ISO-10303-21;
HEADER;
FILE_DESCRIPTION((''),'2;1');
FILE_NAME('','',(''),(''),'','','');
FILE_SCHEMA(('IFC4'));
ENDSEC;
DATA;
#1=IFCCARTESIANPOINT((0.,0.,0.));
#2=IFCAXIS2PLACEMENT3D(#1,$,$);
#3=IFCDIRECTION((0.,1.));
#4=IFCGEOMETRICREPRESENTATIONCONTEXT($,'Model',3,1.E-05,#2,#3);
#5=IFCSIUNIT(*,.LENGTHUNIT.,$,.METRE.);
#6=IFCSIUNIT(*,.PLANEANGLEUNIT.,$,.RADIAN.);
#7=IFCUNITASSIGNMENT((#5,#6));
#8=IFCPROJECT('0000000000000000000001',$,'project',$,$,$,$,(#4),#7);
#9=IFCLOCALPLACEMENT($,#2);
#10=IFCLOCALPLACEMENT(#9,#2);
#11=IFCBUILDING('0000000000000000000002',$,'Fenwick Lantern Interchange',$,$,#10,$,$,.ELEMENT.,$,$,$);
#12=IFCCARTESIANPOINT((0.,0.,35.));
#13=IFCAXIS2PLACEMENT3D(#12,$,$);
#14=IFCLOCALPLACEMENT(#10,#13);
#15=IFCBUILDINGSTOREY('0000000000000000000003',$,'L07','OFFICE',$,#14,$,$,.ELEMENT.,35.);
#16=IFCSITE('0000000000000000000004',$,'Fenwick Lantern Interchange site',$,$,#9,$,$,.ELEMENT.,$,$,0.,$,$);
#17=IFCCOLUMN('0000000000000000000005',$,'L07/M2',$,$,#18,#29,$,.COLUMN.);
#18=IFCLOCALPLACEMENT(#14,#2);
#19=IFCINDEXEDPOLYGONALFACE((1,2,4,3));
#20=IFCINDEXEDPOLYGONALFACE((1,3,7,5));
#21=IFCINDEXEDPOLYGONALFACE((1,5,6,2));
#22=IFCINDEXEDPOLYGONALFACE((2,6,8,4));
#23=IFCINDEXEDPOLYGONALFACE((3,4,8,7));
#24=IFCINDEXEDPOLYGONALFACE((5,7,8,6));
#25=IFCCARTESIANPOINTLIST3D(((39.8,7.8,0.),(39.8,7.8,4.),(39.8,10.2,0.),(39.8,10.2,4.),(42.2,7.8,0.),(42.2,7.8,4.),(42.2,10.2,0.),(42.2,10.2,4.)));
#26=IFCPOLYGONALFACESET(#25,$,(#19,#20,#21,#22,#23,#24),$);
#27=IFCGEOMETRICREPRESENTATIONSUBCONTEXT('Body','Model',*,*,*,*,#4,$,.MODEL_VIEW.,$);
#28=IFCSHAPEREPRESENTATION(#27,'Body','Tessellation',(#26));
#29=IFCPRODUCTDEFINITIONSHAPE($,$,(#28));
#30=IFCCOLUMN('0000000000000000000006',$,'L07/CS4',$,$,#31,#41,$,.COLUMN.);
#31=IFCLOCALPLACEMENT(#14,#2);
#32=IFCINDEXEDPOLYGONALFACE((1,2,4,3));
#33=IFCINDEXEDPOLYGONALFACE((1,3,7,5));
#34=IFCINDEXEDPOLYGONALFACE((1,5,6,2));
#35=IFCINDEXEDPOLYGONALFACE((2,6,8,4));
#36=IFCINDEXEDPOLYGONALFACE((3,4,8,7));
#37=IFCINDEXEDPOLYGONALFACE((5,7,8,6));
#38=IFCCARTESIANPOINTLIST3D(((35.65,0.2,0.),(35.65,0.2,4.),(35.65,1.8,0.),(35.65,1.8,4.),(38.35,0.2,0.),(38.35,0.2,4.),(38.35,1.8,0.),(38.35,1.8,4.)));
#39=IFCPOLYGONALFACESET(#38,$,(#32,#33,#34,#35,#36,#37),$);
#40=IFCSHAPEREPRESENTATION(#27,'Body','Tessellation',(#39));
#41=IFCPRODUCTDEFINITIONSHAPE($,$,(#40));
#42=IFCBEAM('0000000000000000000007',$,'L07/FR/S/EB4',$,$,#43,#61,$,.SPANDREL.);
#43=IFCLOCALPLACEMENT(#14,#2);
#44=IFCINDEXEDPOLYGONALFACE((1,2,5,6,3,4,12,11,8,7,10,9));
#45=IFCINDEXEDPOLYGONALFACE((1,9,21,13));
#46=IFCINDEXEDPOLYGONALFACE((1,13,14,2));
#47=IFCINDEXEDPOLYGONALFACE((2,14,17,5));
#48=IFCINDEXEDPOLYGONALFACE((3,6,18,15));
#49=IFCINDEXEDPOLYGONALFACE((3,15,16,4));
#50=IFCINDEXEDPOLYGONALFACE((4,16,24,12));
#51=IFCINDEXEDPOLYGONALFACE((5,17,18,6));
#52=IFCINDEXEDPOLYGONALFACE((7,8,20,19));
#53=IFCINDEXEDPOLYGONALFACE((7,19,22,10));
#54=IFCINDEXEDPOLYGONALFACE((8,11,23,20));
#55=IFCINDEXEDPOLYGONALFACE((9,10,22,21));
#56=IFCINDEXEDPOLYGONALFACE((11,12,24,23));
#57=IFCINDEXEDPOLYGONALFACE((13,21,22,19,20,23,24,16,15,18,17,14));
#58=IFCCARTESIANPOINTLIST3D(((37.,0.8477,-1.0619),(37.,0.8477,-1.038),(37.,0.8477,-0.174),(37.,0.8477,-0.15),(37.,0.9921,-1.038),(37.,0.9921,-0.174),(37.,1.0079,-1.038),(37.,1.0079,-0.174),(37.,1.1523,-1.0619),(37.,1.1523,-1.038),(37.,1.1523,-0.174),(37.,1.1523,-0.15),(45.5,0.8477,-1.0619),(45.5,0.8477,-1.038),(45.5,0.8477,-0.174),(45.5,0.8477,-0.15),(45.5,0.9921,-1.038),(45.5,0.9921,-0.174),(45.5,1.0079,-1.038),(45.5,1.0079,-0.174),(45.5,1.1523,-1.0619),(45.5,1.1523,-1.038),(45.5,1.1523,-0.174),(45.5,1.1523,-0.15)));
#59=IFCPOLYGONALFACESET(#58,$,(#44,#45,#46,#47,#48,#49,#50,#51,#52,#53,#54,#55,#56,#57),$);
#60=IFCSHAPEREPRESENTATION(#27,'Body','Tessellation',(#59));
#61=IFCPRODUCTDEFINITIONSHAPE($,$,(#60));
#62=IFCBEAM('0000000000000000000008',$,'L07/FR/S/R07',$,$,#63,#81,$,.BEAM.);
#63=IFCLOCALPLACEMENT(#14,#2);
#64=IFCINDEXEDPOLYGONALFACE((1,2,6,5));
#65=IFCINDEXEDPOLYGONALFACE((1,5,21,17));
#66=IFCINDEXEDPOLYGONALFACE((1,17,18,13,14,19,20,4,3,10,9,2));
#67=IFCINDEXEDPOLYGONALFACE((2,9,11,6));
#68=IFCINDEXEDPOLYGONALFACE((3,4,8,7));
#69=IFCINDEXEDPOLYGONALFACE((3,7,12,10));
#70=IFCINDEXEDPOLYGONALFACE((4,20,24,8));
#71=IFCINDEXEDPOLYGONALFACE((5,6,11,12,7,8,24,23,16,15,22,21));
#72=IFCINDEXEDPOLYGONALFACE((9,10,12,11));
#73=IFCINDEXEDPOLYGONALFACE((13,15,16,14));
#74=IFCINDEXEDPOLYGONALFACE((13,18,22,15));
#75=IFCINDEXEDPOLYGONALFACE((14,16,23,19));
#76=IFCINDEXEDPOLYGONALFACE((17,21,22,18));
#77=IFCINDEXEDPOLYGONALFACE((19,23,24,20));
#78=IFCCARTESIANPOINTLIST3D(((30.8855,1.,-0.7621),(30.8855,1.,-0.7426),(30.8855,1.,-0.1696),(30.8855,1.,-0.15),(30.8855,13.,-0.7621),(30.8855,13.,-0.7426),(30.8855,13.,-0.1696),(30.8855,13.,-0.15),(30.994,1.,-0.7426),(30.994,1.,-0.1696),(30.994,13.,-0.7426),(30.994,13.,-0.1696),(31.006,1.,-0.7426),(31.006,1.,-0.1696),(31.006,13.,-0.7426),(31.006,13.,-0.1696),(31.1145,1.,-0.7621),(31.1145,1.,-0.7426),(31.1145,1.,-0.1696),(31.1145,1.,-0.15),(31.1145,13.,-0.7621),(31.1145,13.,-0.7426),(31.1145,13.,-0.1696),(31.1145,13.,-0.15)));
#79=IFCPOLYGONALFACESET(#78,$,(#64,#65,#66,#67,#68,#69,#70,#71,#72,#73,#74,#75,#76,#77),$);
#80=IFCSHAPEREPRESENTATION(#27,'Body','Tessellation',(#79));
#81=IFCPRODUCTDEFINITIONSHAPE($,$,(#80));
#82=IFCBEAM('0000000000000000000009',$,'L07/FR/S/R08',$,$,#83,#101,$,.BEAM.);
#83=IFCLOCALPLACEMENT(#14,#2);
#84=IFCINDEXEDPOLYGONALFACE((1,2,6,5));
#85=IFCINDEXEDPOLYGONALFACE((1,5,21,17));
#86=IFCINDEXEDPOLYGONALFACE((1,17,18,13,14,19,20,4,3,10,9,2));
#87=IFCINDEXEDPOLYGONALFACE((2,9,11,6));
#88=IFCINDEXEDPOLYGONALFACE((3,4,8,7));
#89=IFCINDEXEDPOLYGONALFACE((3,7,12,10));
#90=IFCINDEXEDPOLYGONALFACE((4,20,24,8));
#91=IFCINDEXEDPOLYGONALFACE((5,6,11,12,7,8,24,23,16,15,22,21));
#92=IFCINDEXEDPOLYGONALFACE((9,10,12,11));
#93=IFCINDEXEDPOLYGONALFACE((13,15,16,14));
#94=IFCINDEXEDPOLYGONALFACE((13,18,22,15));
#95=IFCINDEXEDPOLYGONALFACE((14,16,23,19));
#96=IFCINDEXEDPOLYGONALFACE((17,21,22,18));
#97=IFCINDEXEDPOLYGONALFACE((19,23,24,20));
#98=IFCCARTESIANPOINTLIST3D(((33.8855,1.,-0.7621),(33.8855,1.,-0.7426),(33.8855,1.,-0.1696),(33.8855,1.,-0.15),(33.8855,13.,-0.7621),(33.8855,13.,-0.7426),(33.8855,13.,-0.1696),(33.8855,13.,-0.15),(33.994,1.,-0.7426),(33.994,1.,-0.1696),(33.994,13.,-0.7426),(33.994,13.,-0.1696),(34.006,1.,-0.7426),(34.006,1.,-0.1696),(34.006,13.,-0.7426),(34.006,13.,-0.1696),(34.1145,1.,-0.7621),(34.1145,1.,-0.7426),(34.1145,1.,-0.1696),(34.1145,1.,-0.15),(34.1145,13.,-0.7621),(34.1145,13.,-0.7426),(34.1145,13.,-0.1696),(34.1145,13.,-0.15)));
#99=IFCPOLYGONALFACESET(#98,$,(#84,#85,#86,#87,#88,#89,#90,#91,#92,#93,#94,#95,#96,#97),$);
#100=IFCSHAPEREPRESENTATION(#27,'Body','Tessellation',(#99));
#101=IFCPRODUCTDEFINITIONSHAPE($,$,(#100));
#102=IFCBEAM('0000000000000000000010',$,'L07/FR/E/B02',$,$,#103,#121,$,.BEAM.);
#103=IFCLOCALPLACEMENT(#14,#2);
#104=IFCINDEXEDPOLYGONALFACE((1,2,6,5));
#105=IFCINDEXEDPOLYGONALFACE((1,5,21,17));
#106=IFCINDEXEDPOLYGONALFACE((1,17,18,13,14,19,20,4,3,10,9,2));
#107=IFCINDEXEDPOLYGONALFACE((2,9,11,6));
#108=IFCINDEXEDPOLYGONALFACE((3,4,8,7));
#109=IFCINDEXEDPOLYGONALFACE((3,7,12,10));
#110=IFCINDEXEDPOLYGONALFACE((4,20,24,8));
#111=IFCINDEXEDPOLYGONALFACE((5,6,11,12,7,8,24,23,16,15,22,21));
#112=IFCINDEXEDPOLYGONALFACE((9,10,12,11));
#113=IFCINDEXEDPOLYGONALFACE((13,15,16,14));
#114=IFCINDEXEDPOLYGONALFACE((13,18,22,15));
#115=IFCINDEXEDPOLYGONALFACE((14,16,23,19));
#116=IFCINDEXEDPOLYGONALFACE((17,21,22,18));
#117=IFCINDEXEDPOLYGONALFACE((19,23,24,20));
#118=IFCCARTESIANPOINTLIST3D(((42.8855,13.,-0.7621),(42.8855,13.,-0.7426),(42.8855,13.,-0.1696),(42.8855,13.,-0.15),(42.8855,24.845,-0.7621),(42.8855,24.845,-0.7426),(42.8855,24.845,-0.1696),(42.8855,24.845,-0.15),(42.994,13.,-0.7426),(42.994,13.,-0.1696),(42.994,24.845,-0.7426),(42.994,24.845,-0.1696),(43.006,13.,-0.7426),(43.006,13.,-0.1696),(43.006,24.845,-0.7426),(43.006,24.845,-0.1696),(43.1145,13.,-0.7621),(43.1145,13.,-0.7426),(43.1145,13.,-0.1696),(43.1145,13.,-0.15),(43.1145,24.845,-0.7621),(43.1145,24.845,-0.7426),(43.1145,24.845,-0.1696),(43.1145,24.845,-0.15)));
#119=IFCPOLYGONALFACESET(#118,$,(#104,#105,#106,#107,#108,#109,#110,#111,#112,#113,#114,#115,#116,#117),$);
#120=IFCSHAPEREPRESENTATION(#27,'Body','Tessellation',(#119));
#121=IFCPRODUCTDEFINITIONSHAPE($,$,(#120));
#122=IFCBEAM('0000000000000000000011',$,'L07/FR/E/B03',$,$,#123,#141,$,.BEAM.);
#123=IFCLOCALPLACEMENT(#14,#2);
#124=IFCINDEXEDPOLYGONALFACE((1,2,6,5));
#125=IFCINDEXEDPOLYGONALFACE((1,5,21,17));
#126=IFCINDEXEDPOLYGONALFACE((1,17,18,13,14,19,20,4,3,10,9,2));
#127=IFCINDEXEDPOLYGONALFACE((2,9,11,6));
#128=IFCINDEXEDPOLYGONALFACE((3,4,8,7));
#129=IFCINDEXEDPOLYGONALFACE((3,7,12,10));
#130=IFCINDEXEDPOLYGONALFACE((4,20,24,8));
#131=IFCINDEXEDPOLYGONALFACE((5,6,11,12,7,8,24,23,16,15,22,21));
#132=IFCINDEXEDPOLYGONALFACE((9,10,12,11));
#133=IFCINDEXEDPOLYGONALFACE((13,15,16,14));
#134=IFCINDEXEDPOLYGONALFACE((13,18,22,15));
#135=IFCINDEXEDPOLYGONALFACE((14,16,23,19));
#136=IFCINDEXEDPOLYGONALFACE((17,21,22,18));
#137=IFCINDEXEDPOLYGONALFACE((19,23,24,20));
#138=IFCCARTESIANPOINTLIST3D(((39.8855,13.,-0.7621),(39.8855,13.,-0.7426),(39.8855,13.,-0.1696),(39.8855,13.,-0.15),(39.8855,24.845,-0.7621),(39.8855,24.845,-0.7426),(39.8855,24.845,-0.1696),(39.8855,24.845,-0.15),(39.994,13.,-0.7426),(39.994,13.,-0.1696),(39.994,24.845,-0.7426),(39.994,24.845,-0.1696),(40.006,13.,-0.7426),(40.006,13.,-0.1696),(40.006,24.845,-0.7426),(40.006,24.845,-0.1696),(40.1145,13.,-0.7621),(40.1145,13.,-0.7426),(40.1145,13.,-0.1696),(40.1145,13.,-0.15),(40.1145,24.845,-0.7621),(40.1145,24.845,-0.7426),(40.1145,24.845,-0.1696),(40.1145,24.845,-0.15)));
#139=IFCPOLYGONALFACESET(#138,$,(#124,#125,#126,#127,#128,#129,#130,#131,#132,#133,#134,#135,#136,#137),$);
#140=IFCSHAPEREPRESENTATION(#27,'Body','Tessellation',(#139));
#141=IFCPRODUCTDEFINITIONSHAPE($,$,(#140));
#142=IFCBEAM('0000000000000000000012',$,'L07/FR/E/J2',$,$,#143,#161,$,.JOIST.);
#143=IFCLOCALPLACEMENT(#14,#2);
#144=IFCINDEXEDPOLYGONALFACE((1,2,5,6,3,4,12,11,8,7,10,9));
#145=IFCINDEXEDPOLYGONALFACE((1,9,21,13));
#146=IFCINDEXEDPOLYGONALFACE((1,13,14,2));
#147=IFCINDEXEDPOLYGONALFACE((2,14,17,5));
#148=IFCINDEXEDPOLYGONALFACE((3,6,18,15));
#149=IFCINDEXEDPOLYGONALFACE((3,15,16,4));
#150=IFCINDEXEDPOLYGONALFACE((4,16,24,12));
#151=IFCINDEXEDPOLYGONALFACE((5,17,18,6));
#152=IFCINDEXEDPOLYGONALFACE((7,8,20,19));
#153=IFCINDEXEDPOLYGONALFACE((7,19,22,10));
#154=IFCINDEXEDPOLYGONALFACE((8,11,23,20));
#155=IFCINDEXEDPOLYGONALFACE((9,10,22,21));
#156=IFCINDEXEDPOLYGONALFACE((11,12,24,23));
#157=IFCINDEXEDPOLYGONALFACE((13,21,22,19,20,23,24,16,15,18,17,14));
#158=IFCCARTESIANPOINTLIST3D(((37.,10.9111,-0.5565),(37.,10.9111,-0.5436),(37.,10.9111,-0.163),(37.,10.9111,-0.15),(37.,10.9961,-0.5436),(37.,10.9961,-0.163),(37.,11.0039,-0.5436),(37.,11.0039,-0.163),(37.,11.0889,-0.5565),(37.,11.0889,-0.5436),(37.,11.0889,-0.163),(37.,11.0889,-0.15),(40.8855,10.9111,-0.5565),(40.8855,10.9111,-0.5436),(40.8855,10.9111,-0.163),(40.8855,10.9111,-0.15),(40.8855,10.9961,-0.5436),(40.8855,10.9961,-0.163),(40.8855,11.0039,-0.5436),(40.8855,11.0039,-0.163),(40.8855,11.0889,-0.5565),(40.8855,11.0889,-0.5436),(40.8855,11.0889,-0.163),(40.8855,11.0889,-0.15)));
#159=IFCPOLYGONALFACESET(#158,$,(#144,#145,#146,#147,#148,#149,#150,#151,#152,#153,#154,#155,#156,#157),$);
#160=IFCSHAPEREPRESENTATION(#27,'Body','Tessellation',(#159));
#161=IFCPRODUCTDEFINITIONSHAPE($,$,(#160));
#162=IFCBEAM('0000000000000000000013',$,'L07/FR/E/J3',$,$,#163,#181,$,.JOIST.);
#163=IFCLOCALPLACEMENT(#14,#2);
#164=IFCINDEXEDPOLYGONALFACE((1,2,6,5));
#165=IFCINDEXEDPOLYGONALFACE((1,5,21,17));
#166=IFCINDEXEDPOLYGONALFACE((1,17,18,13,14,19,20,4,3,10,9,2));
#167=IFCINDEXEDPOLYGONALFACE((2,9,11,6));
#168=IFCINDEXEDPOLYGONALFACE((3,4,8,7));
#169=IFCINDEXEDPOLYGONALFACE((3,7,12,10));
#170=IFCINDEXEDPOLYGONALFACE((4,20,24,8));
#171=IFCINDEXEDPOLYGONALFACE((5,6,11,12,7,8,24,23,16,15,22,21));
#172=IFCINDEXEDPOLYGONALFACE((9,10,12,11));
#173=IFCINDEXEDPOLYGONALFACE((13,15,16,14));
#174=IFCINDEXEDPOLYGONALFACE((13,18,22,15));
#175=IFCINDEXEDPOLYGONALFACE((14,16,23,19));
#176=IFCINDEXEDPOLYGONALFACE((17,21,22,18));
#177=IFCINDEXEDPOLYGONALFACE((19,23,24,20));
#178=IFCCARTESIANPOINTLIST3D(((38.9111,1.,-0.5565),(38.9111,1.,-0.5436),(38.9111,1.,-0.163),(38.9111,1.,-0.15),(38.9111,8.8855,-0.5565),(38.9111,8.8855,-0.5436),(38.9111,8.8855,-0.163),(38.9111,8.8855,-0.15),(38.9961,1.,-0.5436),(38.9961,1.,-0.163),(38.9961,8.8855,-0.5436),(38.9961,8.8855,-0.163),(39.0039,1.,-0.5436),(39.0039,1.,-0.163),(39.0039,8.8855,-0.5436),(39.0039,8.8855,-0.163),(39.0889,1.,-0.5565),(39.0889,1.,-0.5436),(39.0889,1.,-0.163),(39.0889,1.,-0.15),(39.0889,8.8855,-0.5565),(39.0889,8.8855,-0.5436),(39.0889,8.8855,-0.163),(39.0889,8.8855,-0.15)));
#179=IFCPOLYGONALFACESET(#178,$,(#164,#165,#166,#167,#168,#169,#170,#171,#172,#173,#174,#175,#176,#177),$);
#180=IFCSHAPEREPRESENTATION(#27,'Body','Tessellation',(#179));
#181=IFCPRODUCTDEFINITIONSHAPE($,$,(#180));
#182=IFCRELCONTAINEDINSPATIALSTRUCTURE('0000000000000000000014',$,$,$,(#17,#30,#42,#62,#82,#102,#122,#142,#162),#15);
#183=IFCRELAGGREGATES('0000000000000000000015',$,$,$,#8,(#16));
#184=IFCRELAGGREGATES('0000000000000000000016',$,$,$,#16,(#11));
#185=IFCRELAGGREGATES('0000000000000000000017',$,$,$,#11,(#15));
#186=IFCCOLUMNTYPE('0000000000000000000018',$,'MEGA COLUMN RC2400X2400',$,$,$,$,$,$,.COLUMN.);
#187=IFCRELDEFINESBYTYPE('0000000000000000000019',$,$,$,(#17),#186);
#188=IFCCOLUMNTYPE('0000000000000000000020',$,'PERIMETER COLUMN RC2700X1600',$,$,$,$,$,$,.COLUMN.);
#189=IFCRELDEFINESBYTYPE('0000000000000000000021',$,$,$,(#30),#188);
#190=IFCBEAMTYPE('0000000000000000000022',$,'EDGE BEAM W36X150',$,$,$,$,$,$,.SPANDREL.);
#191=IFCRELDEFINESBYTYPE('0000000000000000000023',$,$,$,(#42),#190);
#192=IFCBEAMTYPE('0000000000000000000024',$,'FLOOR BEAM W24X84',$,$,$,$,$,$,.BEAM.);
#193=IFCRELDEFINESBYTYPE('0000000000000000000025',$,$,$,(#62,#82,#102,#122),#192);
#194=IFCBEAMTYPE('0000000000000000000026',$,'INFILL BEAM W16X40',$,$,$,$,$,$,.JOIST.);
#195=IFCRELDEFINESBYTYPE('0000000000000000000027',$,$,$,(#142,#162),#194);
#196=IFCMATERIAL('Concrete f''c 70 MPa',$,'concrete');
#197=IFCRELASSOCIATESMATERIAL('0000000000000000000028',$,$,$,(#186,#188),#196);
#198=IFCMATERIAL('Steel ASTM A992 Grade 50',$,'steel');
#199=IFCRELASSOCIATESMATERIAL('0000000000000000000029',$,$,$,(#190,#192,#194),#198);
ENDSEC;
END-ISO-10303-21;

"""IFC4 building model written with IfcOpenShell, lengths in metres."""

from ifc_helpers import new_model, si_unit, direction, frame, origin, origin_2d, place, context, subcontext, project, spatial, rectangle, i_section, extrude, material, material_profile, profile_set, type_object, element, save


model = new_model("IFC4")

# Units and contexts
model_context = context("Model", 3, precision=1e-05, world=origin(), true_north=direction((0.0, 1.0)))
body_context = subcontext(model_context, "Body", "Model", "MODEL_VIEW")
ifc_project = project(units=[si_unit("LENGTHUNIT", "METRE"), si_unit("PLANEANGLEUNIT", "RADIAN")], contexts=[model_context])

# Site, building, storey
site_placement = place(None, origin())
site = spatial("IfcSite", under=ifc_project, at=site_placement, Name="Fenwick Lantern Interchange site", CompositionType="ELEMENT", RefElevation=0.0)
building_placement = place(site_placement, origin())
building = spatial("IfcBuilding", under=site, at=building_placement, Name="Fenwick Lantern Interchange", CompositionType="ELEMENT")
storey_placement = place(building_placement, frame((0.0, 0.0, 35.0)))
storey = spatial("IfcBuildingStorey", under=building, at=storey_placement, Name="L07", Description="OFFICE", CompositionType="ELEMENT", Elevation=35.0)

# Columns
ifc_material_1 = material(Name="Concrete f'c 70 MPa", Category="concrete")
ifc_material_profile_1 = material_profile(ifc_material_1, rectangle(XDim=2.3999, YDim=2.3999, at=origin_2d()), Name="RC2400X2400")
ifc_profile_set_1 = profile_set([ifc_material_profile_1], Name="Concrete f'c 70 MPa")
column_type_1 = type_object("IfcColumnType", Name="MEGA COLUMN RC2400X2400", PredefinedType="COLUMN", material=ifc_profile_set_1)
column_1_placement = place(storey_placement, frame((41.0, 9.0, 0.0), z_axis=(0.0, 0.0, 1.0), x_axis=(1.0, 0.0, 0.0)))
element("IfcColumn", 1, at=column_1_placement, inside=storey, type_object=column_type_1, Name="L07/M2", PredefinedType="COLUMN", context=body_context, shape_type="SweptSolid", body=[
    extrude(rectangle(XDim=2.3999, YDim=2.3999, at=origin_2d()), origin(), (0.0, 0.0, 1.0), 4.0),
])
ifc_material_profile_2 = material_profile(ifc_material_1, rectangle(XDim=2.7, YDim=1.6001, at=origin_2d()), Name="RC2700X1600")
ifc_profile_set_2 = profile_set([ifc_material_profile_2], Name="Concrete f'c 70 MPa")
column_type_2 = type_object("IfcColumnType", Name="PERIMETER COLUMN RC2700X1600", PredefinedType="COLUMN", material=ifc_profile_set_2)
column_2_placement = place(storey_placement, frame((37.0, 1.0, 0.0), z_axis=(0.0, 0.0, 1.0), x_axis=(1.0, 0.0, 0.0)))
element("IfcColumn", 2, at=column_2_placement, inside=storey, type_object=column_type_2, Name="L07/CS4", PredefinedType="COLUMN", context=body_context, shape_type="SweptSolid", body=[
    extrude(rectangle(XDim=2.7, YDim=1.6001, at=origin_2d()), origin(), (0.0, 0.0, 1.0), 4.0),
])

# Beams
ifc_material_2 = material(Name="Steel ASTM A992 Grade 50", Category="steel")
ifc_material_profile_3 = material_profile(ifc_material_2, i_section(OverallWidth=0.3047, OverallDepth=0.9119, WebThickness=0.0159, FlangeThickness=0.0239, at=origin_2d()), Name="W36X150")
ifc_profile_set_3 = profile_set([ifc_material_profile_3], Name="Steel ASTM A992 Grade 50")
beam_type_1 = type_object("IfcBeamType", Name="EDGE BEAM W36X150", PredefinedType="SPANDREL", material=ifc_profile_set_3)
beam_1_placement = place(storey_placement, frame((37.0, 1.0, -0.606), z_axis=(1.0, 0.0, 0.0), x_axis=(0.0, 1.0, 0.0)))
element("IfcBeam", 3, at=beam_1_placement, inside=storey, type_object=beam_type_1, Name="L07/FR/S/EB4", PredefinedType="SPANDREL", context=body_context, shape_type="SweptSolid", body=[
    extrude(i_section(OverallWidth=0.3047, OverallDepth=0.9119, WebThickness=0.0159, FlangeThickness=0.0239, at=origin_2d()), origin(), (0.0, 0.0, 1.0), 8.5),
])
ifc_material_profile_4 = material_profile(ifc_material_2, i_section(OverallWidth=0.229, OverallDepth=0.6121, WebThickness=0.012, FlangeThickness=0.0195, at=origin_2d()), Name="W24X84")
ifc_profile_set_4 = profile_set([ifc_material_profile_4], Name="Steel ASTM A992 Grade 50")
beam_type_2 = type_object("IfcBeamType", Name="FLOOR BEAM W24X84", PredefinedType="BEAM", material=ifc_profile_set_4)
for number, where, z_axis, x_axis, name in (
    (4, (31.0, 1.0, -0.4561), (0.0, 1.0, 0.0), (-1.0, 0.0, 0.0), "L07/FR/S/R07"),
    (5, (34.0, 1.0, -0.4561), (0.0, 1.0, 0.0), (-1.0, 0.0, 0.0), "L07/FR/S/R08"),
):
    element("IfcBeam", number, at=place(storey_placement, frame(where, z_axis=z_axis, x_axis=x_axis)), inside=storey, type_object=beam_type_2, Name=name, PredefinedType="BEAM", context=body_context, shape_type="SweptSolid", body=[
        extrude(i_section(OverallWidth=0.229, OverallDepth=0.6121, WebThickness=0.012, FlangeThickness=0.0195, at=origin_2d()), origin(), (0.0, 0.0, 1.0), 12.0),
    ])
for number, where, z_axis, x_axis, name in (
    (6, (43.0, 13.0, -0.4561), (0.0, 1.0, 0.0), (-1.0, 0.0, 0.0), "L07/FR/E/B02"),
    (7, (40.0, 13.0, -0.4561), (0.0, 1.0, 0.0), (-1.0, 0.0, 0.0), "L07/FR/E/B03"),
):
    element("IfcBeam", number, at=place(storey_placement, frame(where, z_axis=z_axis, x_axis=x_axis)), inside=storey, type_object=beam_type_2, Name=name, PredefinedType="BEAM", context=body_context, shape_type="SweptSolid", body=[
        extrude(i_section(OverallWidth=0.229, OverallDepth=0.6121, WebThickness=0.012, FlangeThickness=0.0195, at=origin_2d()), origin(), (0.0, 0.0, 1.0), 11.845),
    ])
ifc_material_profile_5 = material_profile(ifc_material_2, i_section(OverallWidth=0.1777, OverallDepth=0.4065, WebThickness=0.0078, FlangeThickness=0.0129, at=origin_2d()), Name="W16X40")
ifc_profile_set_5 = profile_set([ifc_material_profile_5], Name="Steel ASTM A992 Grade 50")
beam_type_3 = type_object("IfcBeamType", Name="INFILL BEAM W16X40", PredefinedType="JOIST", material=ifc_profile_set_5)
beam_2_placement = place(storey_placement, frame((40.8855, 11.0, -0.3533), z_axis=(-1.0, 0.0, 0.0), x_axis=(0.0, -1.0, 0.0)))
element("IfcBeam", 8, at=beam_2_placement, inside=storey, type_object=beam_type_3, Name="L07/FR/E/J2", PredefinedType="JOIST", context=body_context, shape_type="SweptSolid", body=[
    extrude(i_section(OverallWidth=0.1777, OverallDepth=0.4065, WebThickness=0.0078, FlangeThickness=0.0129, at=origin_2d()), origin(), (0.0, 0.0, 1.0), 3.8855),
])
beam_3_placement = place(storey_placement, frame((39.0, 1.0, -0.3533), z_axis=(0.0, 1.0, 0.0), x_axis=(-1.0, 0.0, 0.0)))
element("IfcBeam", 9, at=beam_3_placement, inside=storey, type_object=beam_type_3, Name="L07/FR/E/J3", PredefinedType="JOIST", context=body_context, shape_type="SweptSolid", body=[
    extrude(i_section(OverallWidth=0.1777, OverallDepth=0.4065, WebThickness=0.0078, FlangeThickness=0.0129, at=origin_2d()), origin(), (0.0, 0.0, 1.0), 7.8855),
])

save(model, "model.ifc")
